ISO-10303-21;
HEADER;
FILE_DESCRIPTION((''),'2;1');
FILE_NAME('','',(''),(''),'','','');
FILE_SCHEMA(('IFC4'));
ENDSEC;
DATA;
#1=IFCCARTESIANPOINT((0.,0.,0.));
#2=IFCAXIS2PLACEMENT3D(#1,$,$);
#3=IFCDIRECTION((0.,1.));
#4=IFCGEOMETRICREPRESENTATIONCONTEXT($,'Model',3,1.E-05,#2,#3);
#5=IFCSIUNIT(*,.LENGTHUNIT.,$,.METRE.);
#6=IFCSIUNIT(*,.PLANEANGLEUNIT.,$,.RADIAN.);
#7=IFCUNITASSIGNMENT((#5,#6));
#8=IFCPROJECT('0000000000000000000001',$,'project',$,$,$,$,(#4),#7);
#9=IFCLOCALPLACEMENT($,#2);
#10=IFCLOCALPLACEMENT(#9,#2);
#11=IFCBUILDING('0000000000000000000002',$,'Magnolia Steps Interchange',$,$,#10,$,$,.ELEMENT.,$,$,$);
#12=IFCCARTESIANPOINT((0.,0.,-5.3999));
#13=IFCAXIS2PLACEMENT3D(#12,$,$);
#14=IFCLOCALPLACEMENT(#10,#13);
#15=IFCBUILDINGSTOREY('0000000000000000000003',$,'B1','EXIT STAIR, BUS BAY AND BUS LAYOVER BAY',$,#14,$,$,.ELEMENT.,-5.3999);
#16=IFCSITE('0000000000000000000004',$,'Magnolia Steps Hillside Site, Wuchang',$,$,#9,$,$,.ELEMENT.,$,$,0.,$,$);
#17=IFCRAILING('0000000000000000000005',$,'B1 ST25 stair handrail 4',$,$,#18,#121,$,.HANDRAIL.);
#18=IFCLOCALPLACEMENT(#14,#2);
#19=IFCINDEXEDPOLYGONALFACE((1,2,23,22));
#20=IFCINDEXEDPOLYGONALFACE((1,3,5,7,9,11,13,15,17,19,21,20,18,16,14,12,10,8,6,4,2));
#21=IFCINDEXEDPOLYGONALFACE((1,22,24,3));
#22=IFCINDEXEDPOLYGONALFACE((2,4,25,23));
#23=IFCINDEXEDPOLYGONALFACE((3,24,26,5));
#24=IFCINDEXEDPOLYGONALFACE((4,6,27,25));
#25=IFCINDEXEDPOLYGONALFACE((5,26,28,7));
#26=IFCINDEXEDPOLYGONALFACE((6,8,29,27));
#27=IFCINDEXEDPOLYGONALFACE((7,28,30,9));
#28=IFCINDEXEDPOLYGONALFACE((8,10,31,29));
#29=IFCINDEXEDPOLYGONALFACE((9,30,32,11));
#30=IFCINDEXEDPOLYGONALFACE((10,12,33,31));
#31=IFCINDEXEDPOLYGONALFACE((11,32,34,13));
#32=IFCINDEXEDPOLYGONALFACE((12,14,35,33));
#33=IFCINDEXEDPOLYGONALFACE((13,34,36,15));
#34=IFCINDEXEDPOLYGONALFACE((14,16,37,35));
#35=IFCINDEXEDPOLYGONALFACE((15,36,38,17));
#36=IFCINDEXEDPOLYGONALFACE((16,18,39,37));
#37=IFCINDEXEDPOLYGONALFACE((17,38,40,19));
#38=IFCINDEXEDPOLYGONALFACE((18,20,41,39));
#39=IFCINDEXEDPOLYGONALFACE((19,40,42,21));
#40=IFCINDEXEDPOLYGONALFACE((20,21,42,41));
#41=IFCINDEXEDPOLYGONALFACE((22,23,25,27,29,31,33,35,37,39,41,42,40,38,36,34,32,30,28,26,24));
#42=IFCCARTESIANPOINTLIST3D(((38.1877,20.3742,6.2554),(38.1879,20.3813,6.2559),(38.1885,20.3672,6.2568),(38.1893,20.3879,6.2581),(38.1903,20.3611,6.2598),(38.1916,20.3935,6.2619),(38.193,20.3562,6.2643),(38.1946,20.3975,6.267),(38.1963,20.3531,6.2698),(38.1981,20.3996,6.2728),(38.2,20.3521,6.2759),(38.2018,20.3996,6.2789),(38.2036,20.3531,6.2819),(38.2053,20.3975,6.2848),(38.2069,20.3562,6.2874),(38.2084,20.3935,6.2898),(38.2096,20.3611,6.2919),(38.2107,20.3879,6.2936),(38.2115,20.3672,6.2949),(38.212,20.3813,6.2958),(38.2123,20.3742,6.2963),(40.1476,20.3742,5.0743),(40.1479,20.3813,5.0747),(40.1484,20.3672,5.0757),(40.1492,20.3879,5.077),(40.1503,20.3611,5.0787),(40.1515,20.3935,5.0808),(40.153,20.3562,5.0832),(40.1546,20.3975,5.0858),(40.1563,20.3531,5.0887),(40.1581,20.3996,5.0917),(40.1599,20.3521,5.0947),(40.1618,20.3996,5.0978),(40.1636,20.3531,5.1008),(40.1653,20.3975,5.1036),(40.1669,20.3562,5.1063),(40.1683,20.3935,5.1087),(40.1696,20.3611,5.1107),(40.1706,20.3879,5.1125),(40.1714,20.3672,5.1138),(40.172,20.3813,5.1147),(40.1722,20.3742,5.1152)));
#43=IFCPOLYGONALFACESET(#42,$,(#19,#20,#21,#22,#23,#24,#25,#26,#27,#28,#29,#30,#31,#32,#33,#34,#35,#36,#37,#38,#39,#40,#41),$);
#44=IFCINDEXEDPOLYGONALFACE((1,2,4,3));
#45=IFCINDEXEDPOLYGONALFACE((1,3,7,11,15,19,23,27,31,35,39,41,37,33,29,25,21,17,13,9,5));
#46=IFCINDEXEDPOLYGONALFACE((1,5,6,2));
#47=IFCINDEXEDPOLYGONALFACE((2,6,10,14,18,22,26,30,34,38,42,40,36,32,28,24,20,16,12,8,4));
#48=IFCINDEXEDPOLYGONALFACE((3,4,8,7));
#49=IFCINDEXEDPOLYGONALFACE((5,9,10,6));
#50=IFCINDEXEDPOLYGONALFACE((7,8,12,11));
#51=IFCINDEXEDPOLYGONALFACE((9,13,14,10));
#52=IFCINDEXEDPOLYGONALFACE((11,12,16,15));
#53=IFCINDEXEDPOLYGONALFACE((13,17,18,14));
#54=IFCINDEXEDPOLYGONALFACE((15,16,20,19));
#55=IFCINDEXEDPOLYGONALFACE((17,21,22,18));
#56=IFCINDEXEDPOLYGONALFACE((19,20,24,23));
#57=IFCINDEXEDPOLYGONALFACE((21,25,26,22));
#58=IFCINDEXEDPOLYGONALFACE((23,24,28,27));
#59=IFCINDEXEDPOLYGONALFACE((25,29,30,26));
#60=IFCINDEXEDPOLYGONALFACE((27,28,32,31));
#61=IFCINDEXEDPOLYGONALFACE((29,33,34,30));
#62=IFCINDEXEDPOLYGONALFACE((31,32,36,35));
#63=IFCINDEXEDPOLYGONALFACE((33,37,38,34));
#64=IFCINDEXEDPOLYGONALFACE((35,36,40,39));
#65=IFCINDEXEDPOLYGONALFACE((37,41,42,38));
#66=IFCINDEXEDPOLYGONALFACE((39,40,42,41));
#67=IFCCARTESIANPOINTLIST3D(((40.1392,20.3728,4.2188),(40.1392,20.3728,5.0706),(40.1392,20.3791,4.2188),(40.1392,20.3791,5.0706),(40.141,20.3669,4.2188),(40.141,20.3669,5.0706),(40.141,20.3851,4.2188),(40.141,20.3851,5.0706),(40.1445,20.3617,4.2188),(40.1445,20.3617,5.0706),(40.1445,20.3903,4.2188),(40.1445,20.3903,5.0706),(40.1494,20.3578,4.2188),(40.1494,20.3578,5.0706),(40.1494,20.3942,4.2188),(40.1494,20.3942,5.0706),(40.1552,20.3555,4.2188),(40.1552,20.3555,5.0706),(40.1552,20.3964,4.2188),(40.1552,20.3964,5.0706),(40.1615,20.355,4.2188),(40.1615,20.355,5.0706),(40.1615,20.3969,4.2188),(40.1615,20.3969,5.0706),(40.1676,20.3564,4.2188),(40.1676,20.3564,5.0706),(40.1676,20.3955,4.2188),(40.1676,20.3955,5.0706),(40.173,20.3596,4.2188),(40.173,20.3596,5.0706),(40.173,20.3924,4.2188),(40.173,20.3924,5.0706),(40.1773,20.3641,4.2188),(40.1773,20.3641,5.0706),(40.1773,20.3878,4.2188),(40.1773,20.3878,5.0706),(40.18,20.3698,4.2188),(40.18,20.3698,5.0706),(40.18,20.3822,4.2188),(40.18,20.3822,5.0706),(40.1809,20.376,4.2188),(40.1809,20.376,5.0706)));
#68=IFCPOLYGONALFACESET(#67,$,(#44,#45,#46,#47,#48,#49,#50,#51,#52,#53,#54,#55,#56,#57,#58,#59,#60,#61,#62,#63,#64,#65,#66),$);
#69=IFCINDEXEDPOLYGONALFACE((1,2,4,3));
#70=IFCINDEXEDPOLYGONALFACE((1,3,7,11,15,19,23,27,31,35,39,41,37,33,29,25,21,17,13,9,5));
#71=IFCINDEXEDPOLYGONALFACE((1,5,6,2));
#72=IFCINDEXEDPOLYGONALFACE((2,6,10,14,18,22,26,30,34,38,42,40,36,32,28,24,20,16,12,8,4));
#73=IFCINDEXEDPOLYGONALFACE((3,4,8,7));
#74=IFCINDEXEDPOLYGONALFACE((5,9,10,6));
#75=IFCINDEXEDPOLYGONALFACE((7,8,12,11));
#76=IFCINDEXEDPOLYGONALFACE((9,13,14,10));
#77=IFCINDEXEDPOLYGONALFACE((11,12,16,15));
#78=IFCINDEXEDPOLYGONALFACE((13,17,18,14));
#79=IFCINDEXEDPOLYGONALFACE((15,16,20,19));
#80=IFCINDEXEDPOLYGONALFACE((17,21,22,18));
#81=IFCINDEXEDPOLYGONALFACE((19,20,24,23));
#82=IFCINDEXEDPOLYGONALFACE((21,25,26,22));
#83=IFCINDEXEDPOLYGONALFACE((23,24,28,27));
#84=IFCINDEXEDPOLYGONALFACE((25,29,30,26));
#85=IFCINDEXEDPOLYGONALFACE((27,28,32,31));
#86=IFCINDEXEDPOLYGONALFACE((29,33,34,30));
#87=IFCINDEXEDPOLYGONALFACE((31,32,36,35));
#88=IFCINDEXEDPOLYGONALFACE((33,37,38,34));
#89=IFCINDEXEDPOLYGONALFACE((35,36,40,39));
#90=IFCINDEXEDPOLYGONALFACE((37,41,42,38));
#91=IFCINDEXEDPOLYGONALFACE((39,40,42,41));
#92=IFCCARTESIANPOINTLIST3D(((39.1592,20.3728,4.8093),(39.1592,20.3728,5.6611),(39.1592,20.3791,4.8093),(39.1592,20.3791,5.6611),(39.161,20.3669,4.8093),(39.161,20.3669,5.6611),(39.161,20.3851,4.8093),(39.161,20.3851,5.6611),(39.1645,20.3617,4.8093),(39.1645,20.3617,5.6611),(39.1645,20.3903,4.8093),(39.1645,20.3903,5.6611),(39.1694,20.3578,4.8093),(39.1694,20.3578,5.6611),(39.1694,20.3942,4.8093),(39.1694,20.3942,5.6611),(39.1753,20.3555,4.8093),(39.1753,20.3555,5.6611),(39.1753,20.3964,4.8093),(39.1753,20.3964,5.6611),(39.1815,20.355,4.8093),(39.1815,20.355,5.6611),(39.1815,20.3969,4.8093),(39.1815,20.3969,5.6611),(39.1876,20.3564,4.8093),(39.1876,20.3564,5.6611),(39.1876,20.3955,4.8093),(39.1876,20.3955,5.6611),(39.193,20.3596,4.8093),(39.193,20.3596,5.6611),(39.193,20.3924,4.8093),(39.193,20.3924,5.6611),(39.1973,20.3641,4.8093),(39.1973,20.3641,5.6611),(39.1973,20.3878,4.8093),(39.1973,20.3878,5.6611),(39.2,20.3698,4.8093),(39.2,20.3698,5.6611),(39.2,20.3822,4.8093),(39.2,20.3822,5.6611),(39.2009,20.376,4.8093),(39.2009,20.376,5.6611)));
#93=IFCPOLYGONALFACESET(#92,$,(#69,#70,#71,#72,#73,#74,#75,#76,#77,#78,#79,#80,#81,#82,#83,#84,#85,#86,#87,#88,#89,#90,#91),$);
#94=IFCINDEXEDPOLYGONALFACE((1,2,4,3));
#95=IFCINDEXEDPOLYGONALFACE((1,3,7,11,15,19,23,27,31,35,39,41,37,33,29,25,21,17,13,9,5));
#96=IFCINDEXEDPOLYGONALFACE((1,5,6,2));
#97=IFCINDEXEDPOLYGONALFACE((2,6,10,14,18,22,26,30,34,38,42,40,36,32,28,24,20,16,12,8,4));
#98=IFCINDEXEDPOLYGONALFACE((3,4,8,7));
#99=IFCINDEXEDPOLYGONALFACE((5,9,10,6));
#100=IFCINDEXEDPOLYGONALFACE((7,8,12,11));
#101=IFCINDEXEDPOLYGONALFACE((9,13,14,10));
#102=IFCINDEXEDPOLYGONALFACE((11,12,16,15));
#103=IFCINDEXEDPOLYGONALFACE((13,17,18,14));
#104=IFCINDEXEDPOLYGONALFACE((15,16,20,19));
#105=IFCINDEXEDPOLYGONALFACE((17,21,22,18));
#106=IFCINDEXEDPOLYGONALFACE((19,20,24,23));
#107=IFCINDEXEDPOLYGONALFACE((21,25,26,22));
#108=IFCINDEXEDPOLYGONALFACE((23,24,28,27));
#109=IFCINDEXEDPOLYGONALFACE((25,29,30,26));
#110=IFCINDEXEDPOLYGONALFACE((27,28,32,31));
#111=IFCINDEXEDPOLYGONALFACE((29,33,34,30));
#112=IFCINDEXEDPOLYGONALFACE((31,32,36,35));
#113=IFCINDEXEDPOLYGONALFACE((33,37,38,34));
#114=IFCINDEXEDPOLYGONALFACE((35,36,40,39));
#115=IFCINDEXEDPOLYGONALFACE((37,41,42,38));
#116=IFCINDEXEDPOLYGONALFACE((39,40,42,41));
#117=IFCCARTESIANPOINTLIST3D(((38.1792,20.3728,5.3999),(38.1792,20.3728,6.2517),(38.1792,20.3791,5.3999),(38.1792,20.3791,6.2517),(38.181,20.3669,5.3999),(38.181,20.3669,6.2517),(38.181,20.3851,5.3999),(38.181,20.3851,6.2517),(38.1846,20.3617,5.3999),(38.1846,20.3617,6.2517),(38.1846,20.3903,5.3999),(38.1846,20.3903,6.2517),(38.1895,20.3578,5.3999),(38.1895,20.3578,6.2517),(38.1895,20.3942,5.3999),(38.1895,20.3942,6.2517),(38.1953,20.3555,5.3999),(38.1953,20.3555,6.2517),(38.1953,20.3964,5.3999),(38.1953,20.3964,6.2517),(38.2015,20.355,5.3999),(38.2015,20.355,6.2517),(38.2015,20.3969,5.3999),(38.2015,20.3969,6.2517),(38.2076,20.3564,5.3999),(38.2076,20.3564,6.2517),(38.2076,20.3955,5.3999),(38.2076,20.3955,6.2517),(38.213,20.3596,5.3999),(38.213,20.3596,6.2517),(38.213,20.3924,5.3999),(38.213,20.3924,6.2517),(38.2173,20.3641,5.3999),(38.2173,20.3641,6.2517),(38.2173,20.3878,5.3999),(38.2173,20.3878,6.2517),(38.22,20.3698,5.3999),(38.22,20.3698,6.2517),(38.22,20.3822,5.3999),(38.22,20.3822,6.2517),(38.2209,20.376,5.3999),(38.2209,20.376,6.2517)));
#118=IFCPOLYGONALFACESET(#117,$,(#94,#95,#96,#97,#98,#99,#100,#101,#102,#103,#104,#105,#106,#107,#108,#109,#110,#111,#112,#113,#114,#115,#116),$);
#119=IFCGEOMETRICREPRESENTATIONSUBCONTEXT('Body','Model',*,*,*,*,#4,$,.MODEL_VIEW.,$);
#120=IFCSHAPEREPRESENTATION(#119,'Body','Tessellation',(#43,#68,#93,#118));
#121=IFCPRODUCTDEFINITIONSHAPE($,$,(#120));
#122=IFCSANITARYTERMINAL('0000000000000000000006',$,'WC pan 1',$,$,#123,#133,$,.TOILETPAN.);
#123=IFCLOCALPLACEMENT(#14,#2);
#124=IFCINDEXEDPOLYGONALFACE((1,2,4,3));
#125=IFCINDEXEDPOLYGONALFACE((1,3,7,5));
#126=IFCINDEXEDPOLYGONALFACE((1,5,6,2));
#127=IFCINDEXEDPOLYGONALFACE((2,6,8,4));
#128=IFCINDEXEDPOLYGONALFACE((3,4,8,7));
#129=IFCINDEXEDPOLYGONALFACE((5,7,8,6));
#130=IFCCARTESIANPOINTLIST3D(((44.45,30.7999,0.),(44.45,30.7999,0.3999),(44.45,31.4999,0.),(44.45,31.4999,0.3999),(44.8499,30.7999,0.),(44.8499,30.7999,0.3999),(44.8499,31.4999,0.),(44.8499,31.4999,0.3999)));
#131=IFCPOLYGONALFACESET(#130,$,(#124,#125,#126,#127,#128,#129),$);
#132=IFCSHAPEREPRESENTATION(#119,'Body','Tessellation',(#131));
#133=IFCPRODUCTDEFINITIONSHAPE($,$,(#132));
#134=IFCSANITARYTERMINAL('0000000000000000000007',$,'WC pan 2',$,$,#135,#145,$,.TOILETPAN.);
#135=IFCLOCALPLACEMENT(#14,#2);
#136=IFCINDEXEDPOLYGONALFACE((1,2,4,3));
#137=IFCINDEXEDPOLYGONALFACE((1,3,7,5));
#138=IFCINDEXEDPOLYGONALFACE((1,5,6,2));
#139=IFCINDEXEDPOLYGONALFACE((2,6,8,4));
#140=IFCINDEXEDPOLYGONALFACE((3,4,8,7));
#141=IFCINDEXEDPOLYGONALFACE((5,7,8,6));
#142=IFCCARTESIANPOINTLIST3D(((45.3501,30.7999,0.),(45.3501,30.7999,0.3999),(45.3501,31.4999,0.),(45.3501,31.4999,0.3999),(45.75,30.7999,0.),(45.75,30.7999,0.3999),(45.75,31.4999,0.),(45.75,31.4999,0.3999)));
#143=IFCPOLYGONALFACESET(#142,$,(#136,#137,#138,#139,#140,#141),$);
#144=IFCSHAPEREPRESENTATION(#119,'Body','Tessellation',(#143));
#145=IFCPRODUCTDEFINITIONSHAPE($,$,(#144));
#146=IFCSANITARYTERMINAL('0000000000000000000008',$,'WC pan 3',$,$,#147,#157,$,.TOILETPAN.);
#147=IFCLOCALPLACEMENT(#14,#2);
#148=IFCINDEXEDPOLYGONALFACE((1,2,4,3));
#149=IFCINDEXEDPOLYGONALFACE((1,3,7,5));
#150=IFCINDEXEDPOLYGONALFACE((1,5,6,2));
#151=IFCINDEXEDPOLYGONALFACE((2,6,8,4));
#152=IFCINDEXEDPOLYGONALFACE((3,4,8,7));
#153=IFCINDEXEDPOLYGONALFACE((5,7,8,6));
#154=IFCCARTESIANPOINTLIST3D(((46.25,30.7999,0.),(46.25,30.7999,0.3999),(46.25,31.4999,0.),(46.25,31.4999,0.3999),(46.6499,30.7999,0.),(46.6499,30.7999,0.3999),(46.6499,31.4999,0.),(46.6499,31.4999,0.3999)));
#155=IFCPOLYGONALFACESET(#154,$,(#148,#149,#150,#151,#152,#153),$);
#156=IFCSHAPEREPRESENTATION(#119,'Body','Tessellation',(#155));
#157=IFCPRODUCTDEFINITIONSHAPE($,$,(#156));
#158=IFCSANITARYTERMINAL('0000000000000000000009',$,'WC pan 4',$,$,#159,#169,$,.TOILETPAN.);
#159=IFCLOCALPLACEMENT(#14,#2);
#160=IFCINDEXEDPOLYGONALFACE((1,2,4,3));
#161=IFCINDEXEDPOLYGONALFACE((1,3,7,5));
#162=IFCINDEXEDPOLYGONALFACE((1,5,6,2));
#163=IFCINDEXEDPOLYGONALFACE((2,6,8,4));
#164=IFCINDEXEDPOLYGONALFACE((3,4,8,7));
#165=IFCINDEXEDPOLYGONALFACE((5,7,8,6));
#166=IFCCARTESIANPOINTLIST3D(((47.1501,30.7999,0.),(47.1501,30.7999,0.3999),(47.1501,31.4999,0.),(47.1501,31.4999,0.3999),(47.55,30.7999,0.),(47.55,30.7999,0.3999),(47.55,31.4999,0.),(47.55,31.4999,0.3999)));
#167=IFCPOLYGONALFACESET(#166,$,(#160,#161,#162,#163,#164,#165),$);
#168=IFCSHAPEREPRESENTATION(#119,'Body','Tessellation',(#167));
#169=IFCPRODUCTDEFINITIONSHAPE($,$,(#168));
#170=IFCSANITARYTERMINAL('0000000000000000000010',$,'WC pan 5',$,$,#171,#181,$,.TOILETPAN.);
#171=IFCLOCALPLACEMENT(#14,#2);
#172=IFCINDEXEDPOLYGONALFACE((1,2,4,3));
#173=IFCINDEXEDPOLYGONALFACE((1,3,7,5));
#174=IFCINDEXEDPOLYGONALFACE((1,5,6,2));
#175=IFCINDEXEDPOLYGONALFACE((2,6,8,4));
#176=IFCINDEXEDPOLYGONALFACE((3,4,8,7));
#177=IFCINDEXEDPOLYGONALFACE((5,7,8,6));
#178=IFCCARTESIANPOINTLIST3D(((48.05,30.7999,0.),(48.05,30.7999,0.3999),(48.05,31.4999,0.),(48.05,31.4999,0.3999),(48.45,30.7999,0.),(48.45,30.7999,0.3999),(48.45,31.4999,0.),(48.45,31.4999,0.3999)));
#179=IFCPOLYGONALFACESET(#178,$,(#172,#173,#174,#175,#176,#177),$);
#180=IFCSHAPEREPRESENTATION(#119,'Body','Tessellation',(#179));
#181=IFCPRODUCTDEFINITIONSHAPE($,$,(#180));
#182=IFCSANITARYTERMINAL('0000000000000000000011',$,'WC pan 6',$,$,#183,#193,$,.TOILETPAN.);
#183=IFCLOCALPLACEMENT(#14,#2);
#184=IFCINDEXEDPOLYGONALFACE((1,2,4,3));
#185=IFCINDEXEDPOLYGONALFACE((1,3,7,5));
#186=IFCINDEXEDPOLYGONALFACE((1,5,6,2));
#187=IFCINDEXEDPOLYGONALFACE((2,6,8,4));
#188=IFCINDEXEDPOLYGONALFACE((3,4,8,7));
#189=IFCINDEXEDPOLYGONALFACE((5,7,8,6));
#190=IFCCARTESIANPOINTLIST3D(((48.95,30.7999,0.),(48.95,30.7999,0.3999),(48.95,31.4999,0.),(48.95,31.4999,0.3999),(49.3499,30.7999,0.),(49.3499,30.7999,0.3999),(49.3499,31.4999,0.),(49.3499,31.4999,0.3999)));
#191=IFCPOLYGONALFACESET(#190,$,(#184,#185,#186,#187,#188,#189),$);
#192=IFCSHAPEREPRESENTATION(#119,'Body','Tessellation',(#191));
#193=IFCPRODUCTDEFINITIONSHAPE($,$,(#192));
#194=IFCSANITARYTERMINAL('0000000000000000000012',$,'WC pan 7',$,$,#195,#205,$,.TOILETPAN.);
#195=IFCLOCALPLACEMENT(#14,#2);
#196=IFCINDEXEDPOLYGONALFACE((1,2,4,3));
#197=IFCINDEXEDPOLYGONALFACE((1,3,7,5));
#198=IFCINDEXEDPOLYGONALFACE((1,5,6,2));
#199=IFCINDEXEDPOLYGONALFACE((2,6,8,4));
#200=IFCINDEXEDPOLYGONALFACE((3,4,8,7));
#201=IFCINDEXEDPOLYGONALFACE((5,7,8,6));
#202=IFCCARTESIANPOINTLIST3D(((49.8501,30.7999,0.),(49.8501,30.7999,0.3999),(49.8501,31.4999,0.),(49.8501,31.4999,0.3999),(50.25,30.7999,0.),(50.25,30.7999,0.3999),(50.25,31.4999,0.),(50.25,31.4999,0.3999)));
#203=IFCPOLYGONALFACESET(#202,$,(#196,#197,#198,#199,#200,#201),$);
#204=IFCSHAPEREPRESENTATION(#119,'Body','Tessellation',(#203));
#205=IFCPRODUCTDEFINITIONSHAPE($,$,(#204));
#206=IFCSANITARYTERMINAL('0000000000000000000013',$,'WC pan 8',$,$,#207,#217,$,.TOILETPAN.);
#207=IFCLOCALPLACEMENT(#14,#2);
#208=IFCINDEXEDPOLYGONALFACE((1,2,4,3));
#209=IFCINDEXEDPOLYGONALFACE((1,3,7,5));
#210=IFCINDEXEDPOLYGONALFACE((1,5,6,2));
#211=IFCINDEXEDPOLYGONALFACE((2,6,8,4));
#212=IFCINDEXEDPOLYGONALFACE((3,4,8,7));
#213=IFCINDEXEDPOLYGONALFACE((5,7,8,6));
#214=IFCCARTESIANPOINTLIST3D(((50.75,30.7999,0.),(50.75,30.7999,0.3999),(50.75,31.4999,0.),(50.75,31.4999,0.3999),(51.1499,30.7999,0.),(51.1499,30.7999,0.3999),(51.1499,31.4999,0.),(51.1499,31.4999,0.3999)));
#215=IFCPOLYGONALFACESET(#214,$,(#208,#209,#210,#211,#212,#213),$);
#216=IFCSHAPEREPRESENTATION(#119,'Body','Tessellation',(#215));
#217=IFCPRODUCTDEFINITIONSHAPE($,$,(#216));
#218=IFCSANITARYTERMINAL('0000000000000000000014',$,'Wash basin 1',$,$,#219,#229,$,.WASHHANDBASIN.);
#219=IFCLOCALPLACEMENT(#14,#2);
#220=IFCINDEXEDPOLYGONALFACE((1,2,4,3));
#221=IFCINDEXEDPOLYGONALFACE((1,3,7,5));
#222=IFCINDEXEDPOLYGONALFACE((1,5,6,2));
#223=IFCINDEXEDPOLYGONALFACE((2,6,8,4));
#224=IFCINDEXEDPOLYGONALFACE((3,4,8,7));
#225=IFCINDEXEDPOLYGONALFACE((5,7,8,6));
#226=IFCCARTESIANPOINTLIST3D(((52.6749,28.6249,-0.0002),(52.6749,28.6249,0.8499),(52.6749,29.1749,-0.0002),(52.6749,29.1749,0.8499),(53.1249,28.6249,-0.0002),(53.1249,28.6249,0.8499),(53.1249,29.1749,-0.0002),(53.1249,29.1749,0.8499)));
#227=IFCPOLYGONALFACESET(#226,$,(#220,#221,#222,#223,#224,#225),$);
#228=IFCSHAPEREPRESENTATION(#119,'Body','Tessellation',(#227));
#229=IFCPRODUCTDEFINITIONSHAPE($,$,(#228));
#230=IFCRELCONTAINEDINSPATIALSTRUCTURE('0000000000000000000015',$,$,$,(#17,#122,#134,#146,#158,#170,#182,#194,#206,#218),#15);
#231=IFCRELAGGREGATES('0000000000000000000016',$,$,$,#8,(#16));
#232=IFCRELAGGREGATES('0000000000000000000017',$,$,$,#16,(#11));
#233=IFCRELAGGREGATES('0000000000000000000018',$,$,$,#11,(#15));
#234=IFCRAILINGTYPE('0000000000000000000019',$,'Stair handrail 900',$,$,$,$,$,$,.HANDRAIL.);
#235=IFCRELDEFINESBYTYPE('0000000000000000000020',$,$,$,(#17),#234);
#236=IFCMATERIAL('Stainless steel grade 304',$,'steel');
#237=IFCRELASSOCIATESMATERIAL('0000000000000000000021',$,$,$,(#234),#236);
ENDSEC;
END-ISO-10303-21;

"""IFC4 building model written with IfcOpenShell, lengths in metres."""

from ifc_helpers import new_model, si_unit, direction, frame, origin, origin_2d, place, context, subcontext, project, spatial, rectangle, circle, extrude, material, type_object, element, save


model = new_model("IFC4")

# Units and contexts
model_context = context("Model", 3, precision=1e-05, world=origin(), true_north=direction((0.0, 1.0)))
body_context = subcontext(model_context, "Body", "Model", "MODEL_VIEW")
ifc_project = project(units=[si_unit("LENGTHUNIT", "METRE"), si_unit("PLANEANGLEUNIT", "RADIAN")], contexts=[model_context])

# Site, building, storey
site_placement = place(None, origin())
site = spatial("IfcSite", under=ifc_project, at=site_placement, Name="Magnolia Steps Hillside Site, Wuchang", CompositionType="ELEMENT", RefElevation=0.0)
building_placement = place(site_placement, origin())
building = spatial("IfcBuilding", under=site, at=building_placement, Name="Magnolia Steps Interchange", CompositionType="ELEMENT")
storey_placement = place(building_placement, frame((0.0, 0.0, -5.3999)))
storey = spatial("IfcBuildingStorey", under=building, at=storey_placement, Name="B1", Description="EXIT STAIR, BUS BAY AND BUS LAYOVER BAY", CompositionType="ELEMENT", Elevation=-5.3999)

# Railing
ifc_material_1 = material(Name="Stainless steel grade 304", Category="steel")
railing_type = type_object("IfcRailingType", Name="Stair handrail 900", PredefinedType="HANDRAIL", material=ifc_material_1)
railing_placement = place(storey_placement, frame((40.1599, 20.376, 4.2188)))
element("IfcRailing", 1, at=railing_placement, inside=storey, type_object=railing_type, Name="B1 ST25 stair handrail 4", PredefinedType="HANDRAIL", context=body_context, shape_type="SweptSolid", body=[
    extrude(circle(Radius=0.0239, at=origin_2d()), frame((0.0, 0.0, 0.876), z_axis=(-0.856493, 0.0, 0.516158), x_axis=(0.0, -1.0, 0.0)), (0.0, 0.0, 1.0), 2.2883),
    extrude(circle(Radius=0.021, at=origin_2d()), origin(), (0.0, 0.0, 1.0), 0.8518),
    extrude(circle(Radius=0.021, at=origin_2d()), frame((-0.98, 0.0, 0.5906)), (0.0, 0.0, 1.0), 0.8518),
    extrude(circle(Radius=0.021, at=origin_2d()), frame((-1.96, 0.0, 1.1812)), (0.0, 0.0, 1.0), 0.8518),
])

# Sanitary terminals
for number, where, z_axis, x_axis, name in (
    (2, (44.6499, 31.1499, 0.0), (0.0, 0.0, 1.0), (1.0, 0.0, 0.0), "WC pan 1"),
    (3, (45.55, 31.1499, 0.0), (0.0, 0.0, 1.0), (1.0, 0.0, 0.0), "WC pan 2"),
    (4, (46.45, 31.1499, 0.0), (0.0, 0.0, 1.0), (1.0, 0.0, 0.0), "WC pan 3"),
    (5, (47.3501, 31.1499, 0.0), (0.0, 0.0, 1.0), (1.0, 0.0, 0.0), "WC pan 4"),
    (6, (48.25, 31.1499, 0.0), (0.0, 0.0, 1.0), (1.0, 0.0, 0.0), "WC pan 5"),
    (7, (49.1499, 31.1499, 0.0), (0.0, 0.0, 1.0), (1.0, 0.0, 0.0), "WC pan 6"),
    (8, (50.05, 31.1499, 0.0), (0.0, 0.0, 1.0), (1.0, 0.0, 0.0), "WC pan 7"),
    (9, (50.95, 31.1499, 0.0), (0.0, 0.0, 1.0), (1.0, 0.0, 0.0), "WC pan 8"),
):
    element("IfcSanitaryTerminal", number, at=place(storey_placement, frame(where, z_axis=z_axis, x_axis=x_axis)), inside=storey, Name=name, PredefinedType="TOILETPAN", context=body_context, shape_type="SweptSolid", body=[
        extrude(rectangle(XDim=0.3999, YDim=0.7, at=origin_2d()), origin(), (0.0, 0.0, 1.0), 0.3999),
    ])
for number, where, z_axis, x_axis, name in (
    (10, (52.8999, 28.8999, -0.0002), (0.0, 0.0, 1.0), (1.0, 0.0, 0.0), "Wash basin 1"),
):
    element("IfcSanitaryTerminal", number, at=place(storey_placement, frame(where, z_axis=z_axis, x_axis=x_axis)), inside=storey, Name=name, PredefinedType="WASHHANDBASIN", context=body_context, shape_type="SweptSolid", body=[
        extrude(rectangle(XDim=0.45, YDim=0.55, at=origin_2d()), origin(), (0.0, 0.0, 1.0), 0.8501),
    ])

save(model, "model.ifc")
